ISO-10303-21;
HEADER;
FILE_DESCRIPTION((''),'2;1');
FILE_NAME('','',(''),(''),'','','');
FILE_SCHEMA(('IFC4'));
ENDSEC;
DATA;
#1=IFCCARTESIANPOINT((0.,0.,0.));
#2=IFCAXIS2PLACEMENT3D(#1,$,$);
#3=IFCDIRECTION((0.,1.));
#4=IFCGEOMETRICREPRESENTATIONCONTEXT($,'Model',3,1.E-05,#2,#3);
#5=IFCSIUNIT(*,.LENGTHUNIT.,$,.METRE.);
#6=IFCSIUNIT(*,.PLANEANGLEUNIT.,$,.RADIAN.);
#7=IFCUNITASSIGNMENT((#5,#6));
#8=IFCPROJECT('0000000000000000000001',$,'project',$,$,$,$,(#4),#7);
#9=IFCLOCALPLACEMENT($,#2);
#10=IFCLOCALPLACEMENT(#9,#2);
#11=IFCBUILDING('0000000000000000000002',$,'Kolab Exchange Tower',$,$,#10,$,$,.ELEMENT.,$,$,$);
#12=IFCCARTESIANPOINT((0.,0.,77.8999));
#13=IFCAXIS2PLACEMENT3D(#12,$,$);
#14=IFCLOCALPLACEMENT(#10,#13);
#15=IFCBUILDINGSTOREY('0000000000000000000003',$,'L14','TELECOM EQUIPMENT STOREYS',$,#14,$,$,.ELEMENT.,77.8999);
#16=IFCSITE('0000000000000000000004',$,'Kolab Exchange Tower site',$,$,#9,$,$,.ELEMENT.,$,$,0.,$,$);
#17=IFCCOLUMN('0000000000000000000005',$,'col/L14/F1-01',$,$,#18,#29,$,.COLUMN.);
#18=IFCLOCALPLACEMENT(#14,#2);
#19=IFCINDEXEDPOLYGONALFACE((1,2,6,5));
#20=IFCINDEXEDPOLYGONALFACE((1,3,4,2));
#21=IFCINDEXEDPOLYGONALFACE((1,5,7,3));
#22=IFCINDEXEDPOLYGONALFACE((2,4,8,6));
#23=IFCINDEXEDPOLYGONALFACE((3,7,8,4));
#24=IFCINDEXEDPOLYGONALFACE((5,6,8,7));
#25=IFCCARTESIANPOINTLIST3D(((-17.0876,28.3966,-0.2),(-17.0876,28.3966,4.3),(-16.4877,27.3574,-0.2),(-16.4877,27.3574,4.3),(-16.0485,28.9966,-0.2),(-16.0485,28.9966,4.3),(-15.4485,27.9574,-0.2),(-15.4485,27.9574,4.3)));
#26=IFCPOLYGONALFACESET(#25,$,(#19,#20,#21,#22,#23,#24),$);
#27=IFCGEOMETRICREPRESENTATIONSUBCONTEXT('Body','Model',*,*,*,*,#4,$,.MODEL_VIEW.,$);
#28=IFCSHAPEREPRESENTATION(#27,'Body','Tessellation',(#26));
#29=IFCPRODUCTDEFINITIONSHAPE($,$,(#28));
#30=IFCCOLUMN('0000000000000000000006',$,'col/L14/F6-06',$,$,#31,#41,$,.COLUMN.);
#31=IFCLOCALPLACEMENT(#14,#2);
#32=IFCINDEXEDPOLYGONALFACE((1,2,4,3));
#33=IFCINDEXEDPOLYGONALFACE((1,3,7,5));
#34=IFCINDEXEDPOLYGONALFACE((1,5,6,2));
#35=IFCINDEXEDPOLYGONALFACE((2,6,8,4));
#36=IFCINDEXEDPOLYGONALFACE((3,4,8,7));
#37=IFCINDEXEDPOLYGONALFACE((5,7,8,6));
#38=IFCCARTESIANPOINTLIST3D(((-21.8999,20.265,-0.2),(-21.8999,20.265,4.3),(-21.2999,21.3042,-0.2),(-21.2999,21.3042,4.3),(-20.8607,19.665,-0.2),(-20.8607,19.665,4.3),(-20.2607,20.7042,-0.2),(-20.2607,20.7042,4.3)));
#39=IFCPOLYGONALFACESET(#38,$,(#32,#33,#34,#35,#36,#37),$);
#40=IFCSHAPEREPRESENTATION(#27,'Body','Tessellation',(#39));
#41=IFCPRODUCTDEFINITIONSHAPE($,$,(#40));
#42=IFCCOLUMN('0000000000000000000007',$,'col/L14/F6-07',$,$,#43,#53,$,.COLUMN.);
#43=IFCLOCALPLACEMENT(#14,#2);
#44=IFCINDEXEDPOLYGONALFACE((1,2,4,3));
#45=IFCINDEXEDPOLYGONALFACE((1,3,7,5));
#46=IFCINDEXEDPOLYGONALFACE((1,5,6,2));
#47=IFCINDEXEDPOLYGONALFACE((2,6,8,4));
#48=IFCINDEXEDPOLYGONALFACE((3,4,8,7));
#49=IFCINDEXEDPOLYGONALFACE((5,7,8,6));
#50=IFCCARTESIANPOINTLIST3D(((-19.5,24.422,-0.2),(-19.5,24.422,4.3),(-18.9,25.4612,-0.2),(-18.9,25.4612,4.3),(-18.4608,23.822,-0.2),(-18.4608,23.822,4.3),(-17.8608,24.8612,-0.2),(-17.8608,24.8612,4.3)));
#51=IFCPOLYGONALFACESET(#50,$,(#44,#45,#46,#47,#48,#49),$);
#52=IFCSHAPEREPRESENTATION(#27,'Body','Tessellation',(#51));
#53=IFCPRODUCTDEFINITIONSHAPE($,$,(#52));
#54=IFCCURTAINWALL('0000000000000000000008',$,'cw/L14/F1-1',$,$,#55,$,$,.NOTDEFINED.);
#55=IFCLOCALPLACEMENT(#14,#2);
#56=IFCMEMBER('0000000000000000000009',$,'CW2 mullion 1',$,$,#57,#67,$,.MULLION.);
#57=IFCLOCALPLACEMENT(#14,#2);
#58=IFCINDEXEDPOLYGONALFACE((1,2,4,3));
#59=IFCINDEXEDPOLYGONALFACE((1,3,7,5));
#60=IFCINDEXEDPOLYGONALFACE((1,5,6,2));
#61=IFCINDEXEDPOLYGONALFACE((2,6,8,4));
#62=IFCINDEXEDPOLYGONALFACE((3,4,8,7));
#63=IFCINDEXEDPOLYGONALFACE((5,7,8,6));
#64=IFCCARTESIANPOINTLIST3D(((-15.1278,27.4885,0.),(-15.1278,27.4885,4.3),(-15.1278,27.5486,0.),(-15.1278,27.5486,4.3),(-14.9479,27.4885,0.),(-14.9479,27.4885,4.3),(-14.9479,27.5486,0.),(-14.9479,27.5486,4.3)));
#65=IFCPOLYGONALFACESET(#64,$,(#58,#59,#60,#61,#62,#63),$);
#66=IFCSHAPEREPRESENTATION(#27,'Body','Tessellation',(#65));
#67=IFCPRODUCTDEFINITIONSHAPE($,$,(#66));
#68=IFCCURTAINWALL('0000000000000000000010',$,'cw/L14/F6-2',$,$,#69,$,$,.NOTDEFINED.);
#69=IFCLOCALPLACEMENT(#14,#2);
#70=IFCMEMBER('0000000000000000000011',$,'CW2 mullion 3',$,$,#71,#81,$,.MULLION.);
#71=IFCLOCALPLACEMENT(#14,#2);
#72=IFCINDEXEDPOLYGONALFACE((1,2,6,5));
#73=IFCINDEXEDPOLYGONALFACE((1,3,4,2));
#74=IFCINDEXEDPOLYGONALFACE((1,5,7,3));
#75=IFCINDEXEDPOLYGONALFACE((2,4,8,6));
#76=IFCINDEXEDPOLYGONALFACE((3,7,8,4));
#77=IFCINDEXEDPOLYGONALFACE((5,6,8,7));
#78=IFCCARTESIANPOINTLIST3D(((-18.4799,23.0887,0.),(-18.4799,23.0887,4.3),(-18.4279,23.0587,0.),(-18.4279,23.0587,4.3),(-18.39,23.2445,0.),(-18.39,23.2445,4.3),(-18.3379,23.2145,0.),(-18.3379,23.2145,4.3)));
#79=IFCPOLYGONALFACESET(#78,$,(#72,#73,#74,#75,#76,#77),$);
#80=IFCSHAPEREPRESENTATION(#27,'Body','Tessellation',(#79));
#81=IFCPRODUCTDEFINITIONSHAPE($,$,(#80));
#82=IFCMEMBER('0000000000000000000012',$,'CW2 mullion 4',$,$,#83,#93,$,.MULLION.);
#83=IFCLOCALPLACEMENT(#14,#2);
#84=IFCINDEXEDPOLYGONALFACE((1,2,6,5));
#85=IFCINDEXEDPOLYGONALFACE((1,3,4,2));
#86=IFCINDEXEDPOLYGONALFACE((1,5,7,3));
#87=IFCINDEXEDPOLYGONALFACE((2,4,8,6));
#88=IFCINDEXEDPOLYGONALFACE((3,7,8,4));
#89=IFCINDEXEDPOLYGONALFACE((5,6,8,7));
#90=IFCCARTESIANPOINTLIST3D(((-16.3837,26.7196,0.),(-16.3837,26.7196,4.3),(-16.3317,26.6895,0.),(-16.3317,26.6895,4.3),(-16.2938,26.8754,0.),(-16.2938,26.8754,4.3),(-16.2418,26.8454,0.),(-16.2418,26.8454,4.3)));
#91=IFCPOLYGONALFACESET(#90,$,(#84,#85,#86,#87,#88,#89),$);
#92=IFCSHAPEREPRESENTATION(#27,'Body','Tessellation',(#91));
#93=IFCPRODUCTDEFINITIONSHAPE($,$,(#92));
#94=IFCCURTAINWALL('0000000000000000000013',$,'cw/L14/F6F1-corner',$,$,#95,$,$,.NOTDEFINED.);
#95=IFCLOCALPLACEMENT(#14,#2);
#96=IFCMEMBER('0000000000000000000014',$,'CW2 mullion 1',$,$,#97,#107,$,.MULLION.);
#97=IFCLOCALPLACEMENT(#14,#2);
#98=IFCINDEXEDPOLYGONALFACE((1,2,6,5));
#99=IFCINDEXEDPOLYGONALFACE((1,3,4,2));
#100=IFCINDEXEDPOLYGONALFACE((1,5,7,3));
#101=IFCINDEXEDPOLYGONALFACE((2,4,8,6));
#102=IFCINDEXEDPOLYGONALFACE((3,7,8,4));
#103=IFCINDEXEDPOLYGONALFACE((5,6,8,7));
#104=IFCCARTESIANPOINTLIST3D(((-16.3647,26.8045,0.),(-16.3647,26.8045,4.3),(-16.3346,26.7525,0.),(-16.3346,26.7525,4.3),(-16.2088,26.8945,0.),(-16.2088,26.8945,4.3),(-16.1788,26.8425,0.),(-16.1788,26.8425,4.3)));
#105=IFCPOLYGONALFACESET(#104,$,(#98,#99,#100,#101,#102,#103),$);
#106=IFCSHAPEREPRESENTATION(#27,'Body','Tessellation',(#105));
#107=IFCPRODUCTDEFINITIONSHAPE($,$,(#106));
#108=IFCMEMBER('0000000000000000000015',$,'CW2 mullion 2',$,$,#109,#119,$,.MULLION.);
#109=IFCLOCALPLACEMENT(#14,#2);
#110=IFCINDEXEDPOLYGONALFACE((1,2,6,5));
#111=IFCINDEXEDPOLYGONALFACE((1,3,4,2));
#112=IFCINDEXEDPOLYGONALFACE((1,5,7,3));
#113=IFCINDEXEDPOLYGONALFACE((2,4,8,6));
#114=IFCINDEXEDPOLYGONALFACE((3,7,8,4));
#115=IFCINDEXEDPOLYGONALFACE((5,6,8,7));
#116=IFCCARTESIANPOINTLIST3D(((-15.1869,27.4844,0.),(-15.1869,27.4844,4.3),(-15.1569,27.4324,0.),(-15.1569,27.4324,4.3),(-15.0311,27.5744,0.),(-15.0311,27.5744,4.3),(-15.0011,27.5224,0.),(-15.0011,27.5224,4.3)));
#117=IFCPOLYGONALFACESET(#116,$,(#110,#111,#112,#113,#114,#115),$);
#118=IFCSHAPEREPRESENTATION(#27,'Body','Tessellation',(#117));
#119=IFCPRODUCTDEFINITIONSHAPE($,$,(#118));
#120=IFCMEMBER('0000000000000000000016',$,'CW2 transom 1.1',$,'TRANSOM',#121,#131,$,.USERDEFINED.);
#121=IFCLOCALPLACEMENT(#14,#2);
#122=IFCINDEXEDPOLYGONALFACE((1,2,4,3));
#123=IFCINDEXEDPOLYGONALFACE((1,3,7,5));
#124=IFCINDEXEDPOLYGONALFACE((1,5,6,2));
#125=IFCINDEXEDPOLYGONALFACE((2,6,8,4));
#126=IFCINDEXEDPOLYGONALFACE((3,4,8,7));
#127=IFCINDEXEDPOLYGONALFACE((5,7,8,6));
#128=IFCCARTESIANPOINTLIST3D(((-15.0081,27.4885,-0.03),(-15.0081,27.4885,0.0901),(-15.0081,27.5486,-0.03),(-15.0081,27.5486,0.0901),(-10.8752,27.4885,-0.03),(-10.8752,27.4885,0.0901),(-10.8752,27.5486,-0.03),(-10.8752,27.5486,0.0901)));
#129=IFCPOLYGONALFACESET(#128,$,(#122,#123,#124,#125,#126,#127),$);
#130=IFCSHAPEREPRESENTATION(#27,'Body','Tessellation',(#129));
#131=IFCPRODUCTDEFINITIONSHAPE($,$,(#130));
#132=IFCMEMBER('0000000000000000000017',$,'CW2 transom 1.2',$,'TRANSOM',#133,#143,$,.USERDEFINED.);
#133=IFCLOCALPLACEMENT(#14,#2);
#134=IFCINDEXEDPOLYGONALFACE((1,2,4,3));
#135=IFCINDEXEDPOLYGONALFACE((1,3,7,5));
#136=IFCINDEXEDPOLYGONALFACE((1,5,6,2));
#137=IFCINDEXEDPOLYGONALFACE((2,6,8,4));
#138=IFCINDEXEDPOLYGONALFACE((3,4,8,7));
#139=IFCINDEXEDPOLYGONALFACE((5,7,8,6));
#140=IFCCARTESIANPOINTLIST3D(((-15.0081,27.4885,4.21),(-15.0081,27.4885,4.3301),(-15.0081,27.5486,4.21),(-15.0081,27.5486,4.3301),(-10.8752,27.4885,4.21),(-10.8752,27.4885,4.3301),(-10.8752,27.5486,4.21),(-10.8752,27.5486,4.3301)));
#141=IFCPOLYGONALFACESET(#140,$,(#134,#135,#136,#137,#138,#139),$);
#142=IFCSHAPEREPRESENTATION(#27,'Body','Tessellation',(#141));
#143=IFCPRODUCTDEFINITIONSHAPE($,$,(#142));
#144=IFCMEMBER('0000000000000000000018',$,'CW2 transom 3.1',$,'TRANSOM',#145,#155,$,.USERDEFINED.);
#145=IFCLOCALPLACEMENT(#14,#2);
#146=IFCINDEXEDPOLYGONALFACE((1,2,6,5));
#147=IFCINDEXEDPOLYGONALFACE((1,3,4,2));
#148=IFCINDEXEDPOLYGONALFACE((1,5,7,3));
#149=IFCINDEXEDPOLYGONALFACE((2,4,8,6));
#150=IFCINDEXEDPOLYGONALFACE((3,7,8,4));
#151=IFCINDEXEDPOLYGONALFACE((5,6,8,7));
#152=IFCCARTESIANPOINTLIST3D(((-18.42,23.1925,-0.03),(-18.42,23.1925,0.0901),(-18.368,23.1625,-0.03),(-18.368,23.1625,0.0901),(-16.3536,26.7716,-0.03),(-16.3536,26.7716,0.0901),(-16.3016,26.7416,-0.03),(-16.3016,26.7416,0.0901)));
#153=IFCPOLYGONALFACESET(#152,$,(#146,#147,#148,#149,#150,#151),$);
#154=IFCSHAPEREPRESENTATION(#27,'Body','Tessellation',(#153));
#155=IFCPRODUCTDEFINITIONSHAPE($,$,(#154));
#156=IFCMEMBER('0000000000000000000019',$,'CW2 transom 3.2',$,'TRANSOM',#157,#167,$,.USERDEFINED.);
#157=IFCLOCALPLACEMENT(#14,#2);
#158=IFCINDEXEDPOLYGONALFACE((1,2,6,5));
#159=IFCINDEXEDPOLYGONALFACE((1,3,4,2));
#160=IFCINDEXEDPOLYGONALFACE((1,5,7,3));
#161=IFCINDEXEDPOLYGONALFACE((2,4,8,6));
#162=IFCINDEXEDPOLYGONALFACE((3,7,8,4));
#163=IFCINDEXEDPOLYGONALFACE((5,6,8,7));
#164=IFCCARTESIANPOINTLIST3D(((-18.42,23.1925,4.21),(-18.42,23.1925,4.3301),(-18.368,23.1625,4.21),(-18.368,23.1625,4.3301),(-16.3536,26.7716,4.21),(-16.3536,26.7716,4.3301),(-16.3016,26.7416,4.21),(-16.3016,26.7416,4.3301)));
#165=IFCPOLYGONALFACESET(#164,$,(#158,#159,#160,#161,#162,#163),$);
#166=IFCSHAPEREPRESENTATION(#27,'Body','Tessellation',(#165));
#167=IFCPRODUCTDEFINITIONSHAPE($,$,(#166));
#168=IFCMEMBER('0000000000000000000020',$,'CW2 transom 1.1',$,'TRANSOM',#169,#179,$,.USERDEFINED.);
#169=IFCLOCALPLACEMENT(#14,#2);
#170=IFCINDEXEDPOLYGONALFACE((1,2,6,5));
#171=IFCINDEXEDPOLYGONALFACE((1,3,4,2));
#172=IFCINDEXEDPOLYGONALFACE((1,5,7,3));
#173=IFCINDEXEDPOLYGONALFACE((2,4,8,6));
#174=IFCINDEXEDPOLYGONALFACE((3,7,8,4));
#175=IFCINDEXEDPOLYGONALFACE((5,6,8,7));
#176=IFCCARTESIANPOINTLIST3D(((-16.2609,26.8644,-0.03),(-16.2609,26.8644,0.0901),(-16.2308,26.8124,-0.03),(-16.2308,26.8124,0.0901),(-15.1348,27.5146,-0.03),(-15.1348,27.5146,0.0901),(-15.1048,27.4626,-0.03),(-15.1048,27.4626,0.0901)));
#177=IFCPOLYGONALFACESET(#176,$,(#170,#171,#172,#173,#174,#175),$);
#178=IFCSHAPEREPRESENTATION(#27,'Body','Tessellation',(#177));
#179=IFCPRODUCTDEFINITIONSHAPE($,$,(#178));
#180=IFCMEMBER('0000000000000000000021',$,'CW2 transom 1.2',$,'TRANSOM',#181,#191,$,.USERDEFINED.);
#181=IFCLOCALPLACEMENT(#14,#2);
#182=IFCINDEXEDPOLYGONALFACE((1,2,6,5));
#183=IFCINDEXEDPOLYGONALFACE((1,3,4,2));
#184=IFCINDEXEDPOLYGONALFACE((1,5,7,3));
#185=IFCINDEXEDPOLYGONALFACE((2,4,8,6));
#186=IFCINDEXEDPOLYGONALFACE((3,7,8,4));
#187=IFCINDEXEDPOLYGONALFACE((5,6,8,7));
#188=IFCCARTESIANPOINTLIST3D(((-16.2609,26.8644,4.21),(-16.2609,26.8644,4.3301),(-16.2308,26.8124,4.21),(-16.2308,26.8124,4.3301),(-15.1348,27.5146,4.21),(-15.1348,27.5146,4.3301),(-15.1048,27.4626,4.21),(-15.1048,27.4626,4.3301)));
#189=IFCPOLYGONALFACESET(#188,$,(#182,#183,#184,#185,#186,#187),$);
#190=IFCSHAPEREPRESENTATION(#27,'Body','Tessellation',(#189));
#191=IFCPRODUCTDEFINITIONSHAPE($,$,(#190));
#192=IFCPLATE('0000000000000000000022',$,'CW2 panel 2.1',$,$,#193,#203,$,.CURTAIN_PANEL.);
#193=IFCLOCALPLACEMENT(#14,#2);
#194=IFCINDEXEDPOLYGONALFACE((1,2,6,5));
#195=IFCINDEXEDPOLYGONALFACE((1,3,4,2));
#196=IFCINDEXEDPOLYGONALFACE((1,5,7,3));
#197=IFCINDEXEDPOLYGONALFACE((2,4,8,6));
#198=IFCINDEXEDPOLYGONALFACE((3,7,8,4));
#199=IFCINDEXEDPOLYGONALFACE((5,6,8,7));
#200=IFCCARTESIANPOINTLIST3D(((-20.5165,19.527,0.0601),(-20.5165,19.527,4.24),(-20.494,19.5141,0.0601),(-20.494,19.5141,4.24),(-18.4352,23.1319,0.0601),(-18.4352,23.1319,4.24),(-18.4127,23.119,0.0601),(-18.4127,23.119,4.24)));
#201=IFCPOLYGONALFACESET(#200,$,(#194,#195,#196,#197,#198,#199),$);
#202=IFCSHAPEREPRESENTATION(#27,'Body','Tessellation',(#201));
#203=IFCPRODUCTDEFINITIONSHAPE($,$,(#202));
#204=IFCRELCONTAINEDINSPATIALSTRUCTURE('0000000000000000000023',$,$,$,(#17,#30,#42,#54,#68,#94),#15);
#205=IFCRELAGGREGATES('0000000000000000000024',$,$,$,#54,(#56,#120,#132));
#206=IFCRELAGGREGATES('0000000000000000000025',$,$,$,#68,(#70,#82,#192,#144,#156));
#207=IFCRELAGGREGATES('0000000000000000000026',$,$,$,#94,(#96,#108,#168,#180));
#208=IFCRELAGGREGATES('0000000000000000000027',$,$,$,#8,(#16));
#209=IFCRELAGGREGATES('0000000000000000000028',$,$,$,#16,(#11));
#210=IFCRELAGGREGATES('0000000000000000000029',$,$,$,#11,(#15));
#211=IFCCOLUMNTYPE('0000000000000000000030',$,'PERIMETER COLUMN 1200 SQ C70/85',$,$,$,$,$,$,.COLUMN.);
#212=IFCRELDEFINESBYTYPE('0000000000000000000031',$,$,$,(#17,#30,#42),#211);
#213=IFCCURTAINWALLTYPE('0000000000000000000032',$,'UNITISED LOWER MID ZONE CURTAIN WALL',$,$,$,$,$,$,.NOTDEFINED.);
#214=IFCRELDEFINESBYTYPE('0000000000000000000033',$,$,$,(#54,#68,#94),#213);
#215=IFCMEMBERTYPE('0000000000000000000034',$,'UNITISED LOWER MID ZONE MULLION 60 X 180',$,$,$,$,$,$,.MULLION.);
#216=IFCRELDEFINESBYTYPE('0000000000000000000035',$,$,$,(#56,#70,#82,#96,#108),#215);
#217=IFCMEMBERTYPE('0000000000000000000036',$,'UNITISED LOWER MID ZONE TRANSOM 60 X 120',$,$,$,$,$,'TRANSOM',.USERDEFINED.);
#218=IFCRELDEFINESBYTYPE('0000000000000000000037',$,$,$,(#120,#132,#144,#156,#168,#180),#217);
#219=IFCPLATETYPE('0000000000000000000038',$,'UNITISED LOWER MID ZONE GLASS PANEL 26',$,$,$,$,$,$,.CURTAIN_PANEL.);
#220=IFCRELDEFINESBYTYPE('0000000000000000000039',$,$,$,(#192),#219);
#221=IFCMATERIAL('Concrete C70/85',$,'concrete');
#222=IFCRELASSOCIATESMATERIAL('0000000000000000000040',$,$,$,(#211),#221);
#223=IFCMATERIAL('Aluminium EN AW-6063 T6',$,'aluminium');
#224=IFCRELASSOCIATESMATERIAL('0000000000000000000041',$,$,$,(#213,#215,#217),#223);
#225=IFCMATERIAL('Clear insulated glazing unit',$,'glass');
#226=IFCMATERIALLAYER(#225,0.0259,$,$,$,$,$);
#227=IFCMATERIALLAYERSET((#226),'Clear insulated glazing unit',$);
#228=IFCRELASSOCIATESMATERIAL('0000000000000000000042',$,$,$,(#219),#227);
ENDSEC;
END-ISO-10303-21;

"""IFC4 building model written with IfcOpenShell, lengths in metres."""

from ifc_helpers import new_model, si_unit, direction, frame, origin, origin_2d, place, context, subcontext, project, spatial, rectangle, extrude, material, layer, layer_set, material_profile, profile_set, type_object, element, aggregate, save


model = new_model("IFC4")

# Units and contexts
model_context = context("Model", 3, precision=1e-05, world=origin(), true_north=direction((0.0, 1.0)))
body_context = subcontext(model_context, "Body", "Model", "MODEL_VIEW")
ifc_project = project(units=[si_unit("LENGTHUNIT", "METRE"), si_unit("PLANEANGLEUNIT", "RADIAN")], contexts=[model_context])

# Site, building, storey
site_placement = place(None, origin())
site = spatial("IfcSite", under=ifc_project, at=site_placement, Name="Kolab Exchange Tower site", CompositionType="ELEMENT", RefElevation=0.0)
building_placement = place(site_placement, origin())
building = spatial("IfcBuilding", under=site, at=building_placement, Name="Kolab Exchange Tower", CompositionType="ELEMENT")
storey_placement = place(building_placement, frame((0.0, 0.0, 77.8999)))
storey = spatial("IfcBuildingStorey", under=building, at=storey_placement, Name="L14", Description="TELECOM EQUIPMENT STOREYS", CompositionType="ELEMENT", Elevation=77.8999)

# Columns
ifc_material_1 = material(Name="Concrete C70/85", Category="concrete")
ifc_material_profile_1 = material_profile(ifc_material_1, rectangle(XDim=1.2, YDim=1.2, at=origin_2d()), Name="RC1200")
ifc_profile_set_1 = profile_set([ifc_material_profile_1], Name="Concrete C70/85")
column_type = type_object("IfcColumnType", Name="PERIMETER COLUMN 1200 SQ C70/85", PredefinedType="COLUMN", material=ifc_profile_set_1)
for number, where, z_axis, x_axis, name in (
    (1, (-16.2681, 28.177, -0.2), (0.0, 0.0, 1.0), (0.866025, 0.5, 0.0), "col/L14/F1-01"),
    (2, (-21.0803, 20.4846, -0.2), (0.0, 0.0, 1.0), (0.5, 0.866025, 0.0), "col/L14/F6-06"),
    (3, (-18.6804, 24.6416, -0.2), (0.0, 0.0, 1.0), (0.5, 0.866025, 0.0), "col/L14/F6-07"),
):
    element("IfcColumn", number, at=place(storey_placement, frame(where, z_axis=z_axis, x_axis=x_axis)), inside=storey, type_object=column_type, Name=name, PredefinedType="COLUMN", context=body_context, shape_type="SweptSolid", body=[
        extrude(rectangle(XDim=1.2, YDim=1.2, at=origin_2d()), origin(), (0.0, 0.0, 1.0), 4.5),
    ])

# Curtain wall, member
ifc_material_2 = material(Name="Aluminium EN AW-6063 T6", Category="aluminium")
curtain_wall_type = type_object("IfcCurtainWallType", Name="UNITISED LOWER MID ZONE CURTAIN WALL", PredefinedType="NOTDEFINED", material=ifc_material_2)
curtain_wall_1_placement = place(storey_placement, origin())
curtain_wall_1 = element("IfcCurtainWall", 4, at=curtain_wall_1_placement, inside=storey, type_object=curtain_wall_type, Name="cw/L14/F1-1", PredefinedType="NOTDEFINED")
ifc_material_profile_2 = material_profile(ifc_material_2, rectangle(XDim=0.0601, YDim=0.1799, at=origin_2d()), Name="RECT 60X180")
ifc_profile_set_2 = profile_set([ifc_material_profile_2], Name="Aluminium EN AW-6063 T6")
member_type_1 = type_object("IfcMemberType", Name="UNITISED LOWER MID ZONE MULLION 60 X 180", PredefinedType="MULLION", material=ifc_profile_set_2)
member_1_placement = place(storey_placement, frame((-15.0378, 27.5186, 0.0), z_axis=(0.0, 0.0, 1.0), x_axis=(0.0, 1.0, 0.0)))
member_1 = element("IfcMember", 5, at=member_1_placement, type_object=member_type_1, Name="CW2 mullion 1", PredefinedType="MULLION", context=body_context, shape_type="SweptSolid", body=[
    extrude(rectangle(XDim=0.0601, YDim=0.1799, at=origin_2d()), origin(), (0.0, 0.0, 1.0), 4.3),
])

# Curtain walls, members
curtain_wall_2_placement = place(storey_placement, origin())
curtain_wall_2 = element("IfcCurtainWall", 6, at=curtain_wall_2_placement, inside=storey, type_object=curtain_wall_type, Name="cw/L14/F6-2", PredefinedType="NOTDEFINED")
member_2_placement = place(storey_placement, frame((-18.4089, 23.1516, 0.0), z_axis=(0.0, 0.0, 1.0), x_axis=(-0.866025, 0.5, 0.0)))
member_2 = element("IfcMember", 7, at=member_2_placement, type_object=member_type_1, Name="CW2 mullion 3", PredefinedType="MULLION", context=body_context, shape_type="SweptSolid", body=[
    extrude(rectangle(XDim=0.0601, YDim=0.1799, at=origin_2d()), origin(), (0.0, 0.0, 1.0), 4.3),
])
member_3_placement = place(storey_placement, frame((-16.3127, 26.7825, 0.0), z_axis=(0.0, 0.0, 1.0), x_axis=(-0.866025, 0.5, 0.0)))
member_3 = element("IfcMember", 8, at=member_3_placement, type_object=member_type_1, Name="CW2 mullion 4", PredefinedType="MULLION", context=body_context, shape_type="SweptSolid", body=[
    extrude(rectangle(XDim=0.0601, YDim=0.1799, at=origin_2d()), origin(), (0.0, 0.0, 1.0), 4.3),
])
curtain_wall_3_placement = place(storey_placement, origin())
curtain_wall_3 = element("IfcCurtainWall", 9, at=curtain_wall_3_placement, inside=storey, type_object=curtain_wall_type, Name="cw/L14/F6F1-corner", PredefinedType="NOTDEFINED")
member_4_placement = place(storey_placement, frame((-16.2717, 26.8235, 0.0), z_axis=(0.0, 0.0, 1.0), x_axis=(-0.5, 0.866025, 0.0)))
member_4 = element("IfcMember", 10, at=member_4_placement, type_object=member_type_1, Name="CW2 mullion 1", PredefinedType="MULLION", context=body_context, shape_type="SweptSolid", body=[
    extrude(rectangle(XDim=0.0601, YDim=0.1799, at=origin_2d()), origin(), (0.0, 0.0, 1.0), 4.3),
])
member_5_placement = place(storey_placement, frame((-15.094, 27.5034, 0.0), z_axis=(0.0, 0.0, 1.0), x_axis=(-0.5, 0.866025, 0.0)))
member_5 = element("IfcMember", 11, at=member_5_placement, type_object=member_type_1, Name="CW2 mullion 2", PredefinedType="MULLION", context=body_context, shape_type="SweptSolid", body=[
    extrude(rectangle(XDim=0.0601, YDim=0.1799, at=origin_2d()), origin(), (0.0, 0.0, 1.0), 4.3),
])

# Members
ifc_material_profile_3 = material_profile(ifc_material_2, rectangle(XDim=0.0601, YDim=0.1201, at=origin_2d()), Name="RECT 60X120")
ifc_profile_set_3 = profile_set([ifc_material_profile_3], Name="Aluminium EN AW-6063 T6")
member_type_2 = type_object("IfcMemberType", Name="UNITISED LOWER MID ZONE TRANSOM 60 X 120", ElementType="TRANSOM", PredefinedType="USERDEFINED", material=ifc_profile_set_3)
member_6_placement = place(storey_placement, frame((-15.0081, 27.5186, 0.03), z_axis=(1.0, 0.0, 0.0), x_axis=(0.0, 1.0, 0.0)))
member_6 = element("IfcMember", 12, at=member_6_placement, type_object=member_type_2, Name="CW2 transom 1.1", ObjectType="TRANSOM", PredefinedType="USERDEFINED", context=body_context, shape_type="SweptSolid", body=[
    extrude(rectangle(XDim=0.0601, YDim=0.1201, at=origin_2d()), origin(), (0.0, 0.0, 1.0), 4.1328),
])
member_7_placement = place(storey_placement, frame((-15.0081, 27.5186, 4.27), z_axis=(1.0, 0.0, 0.0), x_axis=(0.0, 1.0, 0.0)))
member_7 = element("IfcMember", 13, at=member_7_placement, type_object=member_type_2, Name="CW2 transom 1.2", ObjectType="TRANSOM", PredefinedType="USERDEFINED", context=body_context, shape_type="SweptSolid", body=[
    extrude(rectangle(XDim=0.0601, YDim=0.1201, at=origin_2d()), origin(), (0.0, 0.0, 1.0), 4.1328),
])
aggregate(curtain_wall_1, [member_1, member_6, member_7])
member_8_placement = place(storey_placement, frame((-18.394, 23.1775, 0.03), z_axis=(0.500002, 0.866024, 0.0), x_axis=(-0.866024, 0.500002, 0.0)))
member_8 = element("IfcMember", 14, at=member_8_placement, type_object=member_type_2, Name="CW2 transom 3.1", ObjectType="TRANSOM", PredefinedType="USERDEFINED", context=body_context, shape_type="SweptSolid", body=[
    extrude(rectangle(XDim=0.0601, YDim=0.1201, at=origin_2d()), origin(), (0.0, 0.0, 1.0), 4.1328),
])
member_9_placement = place(storey_placement, frame((-18.394, 23.1775, 4.27), z_axis=(0.500002, 0.866024, 0.0), x_axis=(-0.866024, 0.500002, 0.0)))
member_9 = element("IfcMember", 15, at=member_9_placement, type_object=member_type_2, Name="CW2 transom 3.2", ObjectType="TRANSOM", PredefinedType="USERDEFINED", context=body_context, shape_type="SweptSolid", body=[
    extrude(rectangle(XDim=0.0601, YDim=0.1201, at=origin_2d()), origin(), (0.0, 0.0, 1.0), 4.1328),
])
member_10_placement = place(storey_placement, frame((-16.2458, 26.8384, 0.03), z_axis=(0.866004, 0.500037, 0.0), x_axis=(-0.500037, 0.866004, 0.0)))
member_10 = element("IfcMember", 16, at=member_10_placement, type_object=member_type_2, Name="CW2 transom 1.1", ObjectType="TRANSOM", PredefinedType="USERDEFINED", context=body_context, shape_type="SweptSolid", body=[
    extrude(rectangle(XDim=0.0601, YDim=0.1201, at=origin_2d()), origin(), (0.0, 0.0, 1.0), 1.3003),
])
member_11_placement = place(storey_placement, frame((-16.2458, 26.8384, 4.27), z_axis=(0.866004, 0.500037, 0.0), x_axis=(-0.500037, 0.866004, 0.0)))
member_11 = element("IfcMember", 17, at=member_11_placement, type_object=member_type_2, Name="CW2 transom 1.2", ObjectType="TRANSOM", PredefinedType="USERDEFINED", context=body_context, shape_type="SweptSolid", body=[
    extrude(rectangle(XDim=0.0601, YDim=0.1201, at=origin_2d()), origin(), (0.0, 0.0, 1.0), 1.3003),
])

# Plate
ifc_material_3 = material(Name="Clear insulated glazing unit", Category="glass")
ifc_layer = layer(ifc_material_3, 0.0259)
ifc_layer_set = layer_set([ifc_layer], Name="Clear insulated glazing unit")
plate_type = type_object("IfcPlateType", Name="UNITISED LOWER MID ZONE GLASS PANEL 26", PredefinedType="CURTAIN_PANEL", material=ifc_layer_set)
plate_1_placement = place(storey_placement, frame((-19.4646, 21.323, 0.0601), z_axis=(0.0, 0.0, 1.0), x_axis=(0.5, 0.866025, 0.0)))
plate_1 = element("IfcPlate", 18, at=plate_1_placement, type_object=plate_type, Name="CW2 panel 2.1", PredefinedType="CURTAIN_PANEL", context=body_context, shape_type="SweptSolid", body=[
    extrude(rectangle(XDim=4.1626, YDim=0.0259, at=origin_2d()), origin(), (0.0, 0.0, 1.0), 4.1799),
])
aggregate(curtain_wall_2, [member_2, member_3, plate_1, member_8, member_9])
aggregate(curtain_wall_3, [member_4, member_5, member_10, member_11])

save(model, "model.ifc")
